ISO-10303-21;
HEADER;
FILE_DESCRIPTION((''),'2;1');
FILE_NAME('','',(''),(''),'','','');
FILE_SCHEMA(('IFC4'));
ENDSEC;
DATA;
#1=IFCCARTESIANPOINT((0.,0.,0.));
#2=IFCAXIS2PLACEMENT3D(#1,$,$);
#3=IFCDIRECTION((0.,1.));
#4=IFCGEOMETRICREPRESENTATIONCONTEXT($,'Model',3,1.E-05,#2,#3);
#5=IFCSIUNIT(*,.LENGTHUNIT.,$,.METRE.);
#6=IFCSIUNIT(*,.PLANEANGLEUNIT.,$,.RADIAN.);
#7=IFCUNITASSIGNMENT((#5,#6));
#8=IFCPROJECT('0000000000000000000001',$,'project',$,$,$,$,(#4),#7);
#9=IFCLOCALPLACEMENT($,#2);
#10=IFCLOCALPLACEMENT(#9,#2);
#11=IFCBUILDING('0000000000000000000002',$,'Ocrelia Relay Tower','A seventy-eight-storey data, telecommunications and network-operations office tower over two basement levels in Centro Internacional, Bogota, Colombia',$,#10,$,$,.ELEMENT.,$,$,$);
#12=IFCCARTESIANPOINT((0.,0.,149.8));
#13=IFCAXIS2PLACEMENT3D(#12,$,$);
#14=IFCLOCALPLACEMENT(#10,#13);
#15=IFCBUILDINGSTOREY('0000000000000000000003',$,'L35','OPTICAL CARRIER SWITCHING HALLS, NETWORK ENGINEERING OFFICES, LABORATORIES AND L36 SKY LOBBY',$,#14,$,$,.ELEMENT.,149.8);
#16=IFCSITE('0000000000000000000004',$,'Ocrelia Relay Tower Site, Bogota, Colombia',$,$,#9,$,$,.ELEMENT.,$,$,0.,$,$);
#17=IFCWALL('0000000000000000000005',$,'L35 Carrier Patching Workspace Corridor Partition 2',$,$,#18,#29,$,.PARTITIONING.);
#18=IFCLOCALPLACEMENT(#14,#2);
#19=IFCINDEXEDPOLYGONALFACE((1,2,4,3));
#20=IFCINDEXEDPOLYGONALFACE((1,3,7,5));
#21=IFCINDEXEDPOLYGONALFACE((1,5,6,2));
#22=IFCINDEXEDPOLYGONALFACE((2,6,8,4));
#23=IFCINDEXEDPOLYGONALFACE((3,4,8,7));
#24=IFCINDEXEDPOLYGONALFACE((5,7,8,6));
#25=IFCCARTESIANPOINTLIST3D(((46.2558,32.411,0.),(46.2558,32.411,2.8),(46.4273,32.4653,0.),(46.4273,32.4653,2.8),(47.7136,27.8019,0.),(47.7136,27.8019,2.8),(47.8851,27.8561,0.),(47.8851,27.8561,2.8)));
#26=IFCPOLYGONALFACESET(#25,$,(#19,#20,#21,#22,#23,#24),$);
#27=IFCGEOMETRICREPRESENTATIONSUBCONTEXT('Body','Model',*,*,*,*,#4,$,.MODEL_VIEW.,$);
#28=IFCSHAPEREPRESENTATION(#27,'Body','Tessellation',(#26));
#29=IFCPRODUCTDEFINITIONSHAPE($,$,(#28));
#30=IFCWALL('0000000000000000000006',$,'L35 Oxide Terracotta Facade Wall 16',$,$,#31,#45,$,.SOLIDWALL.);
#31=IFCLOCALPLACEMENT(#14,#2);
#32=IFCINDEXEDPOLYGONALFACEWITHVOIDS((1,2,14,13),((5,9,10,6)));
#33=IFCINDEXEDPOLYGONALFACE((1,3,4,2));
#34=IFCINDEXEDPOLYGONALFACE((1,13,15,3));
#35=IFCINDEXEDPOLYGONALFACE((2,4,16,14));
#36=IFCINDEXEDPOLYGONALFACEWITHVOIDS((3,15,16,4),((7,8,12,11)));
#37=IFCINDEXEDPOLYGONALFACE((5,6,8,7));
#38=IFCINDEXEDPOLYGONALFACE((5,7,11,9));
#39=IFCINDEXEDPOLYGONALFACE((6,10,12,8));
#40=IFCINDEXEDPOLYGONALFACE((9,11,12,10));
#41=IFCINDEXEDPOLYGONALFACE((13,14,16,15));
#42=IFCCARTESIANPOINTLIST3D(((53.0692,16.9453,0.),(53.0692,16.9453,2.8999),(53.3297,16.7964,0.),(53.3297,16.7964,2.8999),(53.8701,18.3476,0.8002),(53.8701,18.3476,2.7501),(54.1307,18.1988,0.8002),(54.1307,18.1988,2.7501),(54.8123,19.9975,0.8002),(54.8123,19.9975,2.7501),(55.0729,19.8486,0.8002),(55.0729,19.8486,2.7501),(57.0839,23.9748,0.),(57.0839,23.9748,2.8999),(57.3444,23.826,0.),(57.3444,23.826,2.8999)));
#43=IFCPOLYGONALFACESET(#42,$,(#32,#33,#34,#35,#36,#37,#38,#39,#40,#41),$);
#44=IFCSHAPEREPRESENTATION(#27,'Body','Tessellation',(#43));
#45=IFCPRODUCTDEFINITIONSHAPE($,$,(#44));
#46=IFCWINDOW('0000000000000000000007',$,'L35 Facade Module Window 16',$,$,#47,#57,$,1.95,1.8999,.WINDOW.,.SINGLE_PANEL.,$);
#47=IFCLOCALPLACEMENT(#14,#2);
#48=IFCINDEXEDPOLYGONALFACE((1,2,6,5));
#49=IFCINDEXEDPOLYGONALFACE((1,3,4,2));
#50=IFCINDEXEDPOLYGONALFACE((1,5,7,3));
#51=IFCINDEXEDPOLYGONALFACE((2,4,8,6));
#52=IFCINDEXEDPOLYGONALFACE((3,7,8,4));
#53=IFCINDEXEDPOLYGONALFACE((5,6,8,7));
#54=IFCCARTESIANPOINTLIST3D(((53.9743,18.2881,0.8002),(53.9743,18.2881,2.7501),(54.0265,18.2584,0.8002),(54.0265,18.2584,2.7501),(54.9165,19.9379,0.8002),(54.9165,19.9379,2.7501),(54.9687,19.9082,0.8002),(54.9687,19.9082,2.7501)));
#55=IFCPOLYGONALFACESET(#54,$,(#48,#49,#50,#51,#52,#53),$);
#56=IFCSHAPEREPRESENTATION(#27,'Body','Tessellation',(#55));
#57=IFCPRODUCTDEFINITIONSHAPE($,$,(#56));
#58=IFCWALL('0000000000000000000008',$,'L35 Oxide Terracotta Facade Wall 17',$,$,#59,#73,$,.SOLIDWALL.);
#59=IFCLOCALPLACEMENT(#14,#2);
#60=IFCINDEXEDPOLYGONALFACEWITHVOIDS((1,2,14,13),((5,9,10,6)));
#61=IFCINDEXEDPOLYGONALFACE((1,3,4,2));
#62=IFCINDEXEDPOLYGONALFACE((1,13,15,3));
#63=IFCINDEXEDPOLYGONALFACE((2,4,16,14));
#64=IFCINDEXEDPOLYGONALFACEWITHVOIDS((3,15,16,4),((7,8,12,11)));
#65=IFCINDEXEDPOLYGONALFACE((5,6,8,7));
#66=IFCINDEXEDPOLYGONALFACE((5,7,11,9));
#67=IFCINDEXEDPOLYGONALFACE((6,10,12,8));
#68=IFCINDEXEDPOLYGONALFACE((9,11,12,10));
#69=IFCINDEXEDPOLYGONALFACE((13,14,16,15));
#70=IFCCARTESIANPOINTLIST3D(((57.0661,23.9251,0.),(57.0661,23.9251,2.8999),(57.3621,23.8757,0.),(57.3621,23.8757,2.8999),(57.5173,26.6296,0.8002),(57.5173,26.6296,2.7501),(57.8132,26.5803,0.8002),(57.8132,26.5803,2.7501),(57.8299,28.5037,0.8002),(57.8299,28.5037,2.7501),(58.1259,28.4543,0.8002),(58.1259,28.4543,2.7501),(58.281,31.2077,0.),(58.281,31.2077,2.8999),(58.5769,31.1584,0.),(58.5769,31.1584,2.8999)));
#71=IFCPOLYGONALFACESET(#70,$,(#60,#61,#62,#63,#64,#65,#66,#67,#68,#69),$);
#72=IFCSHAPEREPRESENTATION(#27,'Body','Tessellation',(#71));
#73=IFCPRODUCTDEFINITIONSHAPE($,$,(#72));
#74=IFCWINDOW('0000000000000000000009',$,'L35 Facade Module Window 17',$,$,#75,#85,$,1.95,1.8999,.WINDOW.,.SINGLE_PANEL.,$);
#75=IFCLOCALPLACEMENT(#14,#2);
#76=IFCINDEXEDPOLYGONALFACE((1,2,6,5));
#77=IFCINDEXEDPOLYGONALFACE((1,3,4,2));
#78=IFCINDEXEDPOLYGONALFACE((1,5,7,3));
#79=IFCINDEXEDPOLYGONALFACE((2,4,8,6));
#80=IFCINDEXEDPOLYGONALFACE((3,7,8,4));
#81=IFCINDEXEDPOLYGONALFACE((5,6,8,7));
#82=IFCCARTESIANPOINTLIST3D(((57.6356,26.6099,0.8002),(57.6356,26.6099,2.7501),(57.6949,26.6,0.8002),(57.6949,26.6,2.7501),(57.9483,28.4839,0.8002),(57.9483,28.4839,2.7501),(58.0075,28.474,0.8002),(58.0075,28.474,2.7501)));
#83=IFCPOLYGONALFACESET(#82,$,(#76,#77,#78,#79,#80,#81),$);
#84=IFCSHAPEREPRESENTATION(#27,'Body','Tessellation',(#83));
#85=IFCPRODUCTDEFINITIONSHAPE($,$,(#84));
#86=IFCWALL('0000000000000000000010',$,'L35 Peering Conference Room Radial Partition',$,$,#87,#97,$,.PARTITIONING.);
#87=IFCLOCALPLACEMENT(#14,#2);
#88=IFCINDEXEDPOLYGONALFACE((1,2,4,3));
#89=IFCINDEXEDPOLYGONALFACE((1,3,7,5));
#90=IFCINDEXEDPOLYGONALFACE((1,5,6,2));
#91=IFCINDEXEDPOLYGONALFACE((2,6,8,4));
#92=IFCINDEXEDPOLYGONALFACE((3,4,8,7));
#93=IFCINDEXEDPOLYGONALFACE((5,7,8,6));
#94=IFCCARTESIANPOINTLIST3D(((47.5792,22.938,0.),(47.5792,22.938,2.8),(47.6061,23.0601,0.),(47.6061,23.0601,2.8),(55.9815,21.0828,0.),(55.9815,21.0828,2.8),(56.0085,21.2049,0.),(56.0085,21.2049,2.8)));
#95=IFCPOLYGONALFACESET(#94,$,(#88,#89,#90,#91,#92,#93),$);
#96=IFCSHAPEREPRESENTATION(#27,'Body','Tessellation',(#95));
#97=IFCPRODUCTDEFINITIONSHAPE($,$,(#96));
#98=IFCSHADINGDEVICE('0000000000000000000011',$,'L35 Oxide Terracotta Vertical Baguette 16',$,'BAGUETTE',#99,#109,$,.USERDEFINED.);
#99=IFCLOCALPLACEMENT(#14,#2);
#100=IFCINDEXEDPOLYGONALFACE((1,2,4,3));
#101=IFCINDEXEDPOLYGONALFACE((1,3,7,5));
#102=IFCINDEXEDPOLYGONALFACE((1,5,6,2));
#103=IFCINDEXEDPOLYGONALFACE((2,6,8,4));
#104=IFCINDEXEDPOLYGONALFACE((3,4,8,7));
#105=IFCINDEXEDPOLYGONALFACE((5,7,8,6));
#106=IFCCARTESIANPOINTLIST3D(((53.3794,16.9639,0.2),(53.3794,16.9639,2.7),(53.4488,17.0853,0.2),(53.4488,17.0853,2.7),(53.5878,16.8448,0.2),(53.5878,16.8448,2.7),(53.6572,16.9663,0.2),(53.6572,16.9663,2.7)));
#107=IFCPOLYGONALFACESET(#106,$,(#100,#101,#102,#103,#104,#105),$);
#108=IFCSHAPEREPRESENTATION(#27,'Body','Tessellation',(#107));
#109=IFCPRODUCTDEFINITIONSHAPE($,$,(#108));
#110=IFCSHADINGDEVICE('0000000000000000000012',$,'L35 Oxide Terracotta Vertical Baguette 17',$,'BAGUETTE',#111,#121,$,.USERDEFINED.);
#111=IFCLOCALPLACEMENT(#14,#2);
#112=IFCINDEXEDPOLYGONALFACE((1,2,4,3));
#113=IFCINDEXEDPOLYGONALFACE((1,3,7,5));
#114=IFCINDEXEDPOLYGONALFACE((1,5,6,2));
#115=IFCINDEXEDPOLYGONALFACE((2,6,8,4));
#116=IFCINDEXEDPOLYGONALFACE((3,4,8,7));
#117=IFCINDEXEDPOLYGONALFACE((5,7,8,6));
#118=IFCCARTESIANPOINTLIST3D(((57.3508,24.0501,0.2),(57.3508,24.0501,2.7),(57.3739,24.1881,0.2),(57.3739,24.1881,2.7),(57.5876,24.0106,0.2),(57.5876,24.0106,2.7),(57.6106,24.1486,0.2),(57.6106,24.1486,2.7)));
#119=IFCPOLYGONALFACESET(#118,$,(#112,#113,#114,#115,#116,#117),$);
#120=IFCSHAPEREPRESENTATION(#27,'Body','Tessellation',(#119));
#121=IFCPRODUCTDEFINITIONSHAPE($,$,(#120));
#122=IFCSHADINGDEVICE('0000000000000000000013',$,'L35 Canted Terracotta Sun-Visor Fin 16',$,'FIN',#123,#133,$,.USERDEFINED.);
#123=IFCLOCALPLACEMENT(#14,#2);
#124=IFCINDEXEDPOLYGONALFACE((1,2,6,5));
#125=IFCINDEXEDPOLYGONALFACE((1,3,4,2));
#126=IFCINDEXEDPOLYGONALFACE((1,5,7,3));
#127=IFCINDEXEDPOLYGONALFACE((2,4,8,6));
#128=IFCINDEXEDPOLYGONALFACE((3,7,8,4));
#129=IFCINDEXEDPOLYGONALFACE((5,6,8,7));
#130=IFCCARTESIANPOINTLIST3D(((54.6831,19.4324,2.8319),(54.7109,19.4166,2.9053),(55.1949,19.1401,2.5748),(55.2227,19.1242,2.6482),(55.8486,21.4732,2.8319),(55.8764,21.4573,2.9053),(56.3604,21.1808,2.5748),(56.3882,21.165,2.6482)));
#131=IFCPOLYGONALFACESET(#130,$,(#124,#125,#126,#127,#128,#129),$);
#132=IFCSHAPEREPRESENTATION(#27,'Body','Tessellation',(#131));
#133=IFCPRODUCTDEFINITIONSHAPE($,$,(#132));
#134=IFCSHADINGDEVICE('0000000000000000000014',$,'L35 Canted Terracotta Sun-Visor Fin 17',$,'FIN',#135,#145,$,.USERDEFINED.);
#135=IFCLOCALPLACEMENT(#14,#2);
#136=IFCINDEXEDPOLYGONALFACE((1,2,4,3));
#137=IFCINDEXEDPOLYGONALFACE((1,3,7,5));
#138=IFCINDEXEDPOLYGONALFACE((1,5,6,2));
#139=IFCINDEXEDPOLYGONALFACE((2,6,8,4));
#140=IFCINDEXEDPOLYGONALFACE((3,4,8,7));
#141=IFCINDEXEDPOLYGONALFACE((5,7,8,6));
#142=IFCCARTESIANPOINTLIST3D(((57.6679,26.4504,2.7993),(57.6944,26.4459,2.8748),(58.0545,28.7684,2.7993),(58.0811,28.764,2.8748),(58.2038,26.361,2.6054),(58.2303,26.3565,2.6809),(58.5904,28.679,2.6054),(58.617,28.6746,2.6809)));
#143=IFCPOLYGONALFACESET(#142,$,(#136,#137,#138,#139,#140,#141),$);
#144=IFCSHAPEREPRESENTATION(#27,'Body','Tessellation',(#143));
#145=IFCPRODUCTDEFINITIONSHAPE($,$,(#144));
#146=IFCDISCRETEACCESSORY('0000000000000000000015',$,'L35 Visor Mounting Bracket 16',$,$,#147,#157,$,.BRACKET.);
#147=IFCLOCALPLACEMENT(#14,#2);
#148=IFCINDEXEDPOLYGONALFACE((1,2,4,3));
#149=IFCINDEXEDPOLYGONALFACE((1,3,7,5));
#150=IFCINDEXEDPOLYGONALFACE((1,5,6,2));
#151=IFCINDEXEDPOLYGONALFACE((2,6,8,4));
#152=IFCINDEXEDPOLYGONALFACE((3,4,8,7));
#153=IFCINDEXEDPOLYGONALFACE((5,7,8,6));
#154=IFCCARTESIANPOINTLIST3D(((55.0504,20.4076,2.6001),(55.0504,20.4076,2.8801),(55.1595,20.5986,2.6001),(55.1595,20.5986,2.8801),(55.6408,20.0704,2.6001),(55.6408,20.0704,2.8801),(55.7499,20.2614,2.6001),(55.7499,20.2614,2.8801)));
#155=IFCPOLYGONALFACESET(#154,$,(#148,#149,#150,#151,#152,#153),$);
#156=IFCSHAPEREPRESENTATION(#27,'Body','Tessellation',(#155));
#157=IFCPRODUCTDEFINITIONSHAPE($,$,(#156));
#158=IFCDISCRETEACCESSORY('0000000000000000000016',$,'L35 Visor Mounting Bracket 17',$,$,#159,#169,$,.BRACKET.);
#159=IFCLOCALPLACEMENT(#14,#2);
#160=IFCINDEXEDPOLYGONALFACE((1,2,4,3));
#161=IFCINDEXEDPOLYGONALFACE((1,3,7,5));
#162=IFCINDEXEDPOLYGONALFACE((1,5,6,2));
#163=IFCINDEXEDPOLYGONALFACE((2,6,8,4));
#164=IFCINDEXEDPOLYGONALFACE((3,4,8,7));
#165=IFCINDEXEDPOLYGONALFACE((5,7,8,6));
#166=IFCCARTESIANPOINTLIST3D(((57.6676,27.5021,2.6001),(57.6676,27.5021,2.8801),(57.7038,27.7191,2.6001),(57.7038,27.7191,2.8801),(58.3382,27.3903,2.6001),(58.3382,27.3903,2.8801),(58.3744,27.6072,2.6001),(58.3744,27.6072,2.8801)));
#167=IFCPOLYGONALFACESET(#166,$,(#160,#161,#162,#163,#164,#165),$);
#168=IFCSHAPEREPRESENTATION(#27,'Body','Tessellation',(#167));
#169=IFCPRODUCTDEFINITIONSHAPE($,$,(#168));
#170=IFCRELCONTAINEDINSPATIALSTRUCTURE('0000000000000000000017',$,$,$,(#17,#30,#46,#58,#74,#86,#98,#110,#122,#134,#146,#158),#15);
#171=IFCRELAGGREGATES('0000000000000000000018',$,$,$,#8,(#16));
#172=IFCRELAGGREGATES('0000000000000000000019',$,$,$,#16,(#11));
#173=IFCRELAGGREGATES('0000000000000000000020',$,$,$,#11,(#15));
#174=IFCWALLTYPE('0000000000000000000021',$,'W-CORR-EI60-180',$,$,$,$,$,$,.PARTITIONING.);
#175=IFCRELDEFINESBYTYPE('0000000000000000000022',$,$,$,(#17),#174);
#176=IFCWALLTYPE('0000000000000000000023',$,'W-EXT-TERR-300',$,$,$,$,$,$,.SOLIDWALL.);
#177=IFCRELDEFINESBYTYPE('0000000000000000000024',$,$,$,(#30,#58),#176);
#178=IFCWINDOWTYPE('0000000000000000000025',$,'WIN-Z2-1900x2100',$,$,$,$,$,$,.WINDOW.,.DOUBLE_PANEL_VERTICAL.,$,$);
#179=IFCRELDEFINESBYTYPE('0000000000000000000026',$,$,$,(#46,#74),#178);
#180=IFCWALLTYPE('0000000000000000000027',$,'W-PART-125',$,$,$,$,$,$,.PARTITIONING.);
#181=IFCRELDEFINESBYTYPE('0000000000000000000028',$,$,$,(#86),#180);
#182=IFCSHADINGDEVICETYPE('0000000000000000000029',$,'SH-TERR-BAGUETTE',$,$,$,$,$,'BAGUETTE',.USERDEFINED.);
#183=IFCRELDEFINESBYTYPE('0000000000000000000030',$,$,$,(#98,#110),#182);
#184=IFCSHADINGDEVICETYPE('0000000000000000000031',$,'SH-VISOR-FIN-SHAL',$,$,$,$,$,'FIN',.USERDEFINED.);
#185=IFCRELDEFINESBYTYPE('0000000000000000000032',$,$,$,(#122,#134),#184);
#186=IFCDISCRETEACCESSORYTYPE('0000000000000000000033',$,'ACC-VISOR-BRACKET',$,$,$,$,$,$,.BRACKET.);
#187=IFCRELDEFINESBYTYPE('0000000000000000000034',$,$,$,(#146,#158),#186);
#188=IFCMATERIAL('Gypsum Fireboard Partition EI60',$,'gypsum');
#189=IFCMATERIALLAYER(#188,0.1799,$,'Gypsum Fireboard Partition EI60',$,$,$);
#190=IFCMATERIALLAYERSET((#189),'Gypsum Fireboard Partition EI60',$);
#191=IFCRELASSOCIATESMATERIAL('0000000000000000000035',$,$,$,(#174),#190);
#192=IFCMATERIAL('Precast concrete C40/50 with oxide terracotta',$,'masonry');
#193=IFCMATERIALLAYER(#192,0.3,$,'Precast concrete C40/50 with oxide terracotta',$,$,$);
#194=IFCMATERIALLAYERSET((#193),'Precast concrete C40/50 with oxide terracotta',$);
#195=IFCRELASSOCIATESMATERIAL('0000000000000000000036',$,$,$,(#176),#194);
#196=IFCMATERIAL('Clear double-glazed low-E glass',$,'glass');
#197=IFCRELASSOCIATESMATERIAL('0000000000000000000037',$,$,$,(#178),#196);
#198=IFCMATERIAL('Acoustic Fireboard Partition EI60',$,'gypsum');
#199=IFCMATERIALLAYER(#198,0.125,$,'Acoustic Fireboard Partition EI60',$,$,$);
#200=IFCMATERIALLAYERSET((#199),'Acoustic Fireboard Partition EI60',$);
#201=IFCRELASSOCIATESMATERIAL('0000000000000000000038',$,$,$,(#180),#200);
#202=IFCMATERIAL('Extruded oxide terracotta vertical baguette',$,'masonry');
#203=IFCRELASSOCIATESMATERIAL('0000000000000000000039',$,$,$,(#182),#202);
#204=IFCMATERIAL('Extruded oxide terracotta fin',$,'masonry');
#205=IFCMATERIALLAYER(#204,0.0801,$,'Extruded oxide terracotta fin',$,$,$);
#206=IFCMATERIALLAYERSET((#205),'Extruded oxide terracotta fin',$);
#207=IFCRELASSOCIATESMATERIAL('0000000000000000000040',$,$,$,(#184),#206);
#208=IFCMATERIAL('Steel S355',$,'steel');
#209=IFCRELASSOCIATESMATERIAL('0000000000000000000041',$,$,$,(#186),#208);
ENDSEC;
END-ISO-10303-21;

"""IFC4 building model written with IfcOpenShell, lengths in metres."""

from ifc_helpers import new_model, si_unit, direction, frame, frame_2d, origin, origin_2d, place, context, subcontext, project, spatial, rectangle, extrude, material, layer, layer_set, type_object, element, fill, save


model = new_model("IFC4")

# Units and contexts
model_context = context("Model", 3, precision=1e-05, world=origin(), true_north=direction((0.0, 1.0)))
body_context = subcontext(model_context, "Body", "Model", "MODEL_VIEW")
ifc_project = project(units=[si_unit("LENGTHUNIT", "METRE"), si_unit("PLANEANGLEUNIT", "RADIAN")], contexts=[model_context])

# Site, building, storey
site_placement = place(None, origin())
site = spatial("IfcSite", under=ifc_project, at=site_placement, Name="Ocrelia Relay Tower Site, Bogota, Colombia", CompositionType="ELEMENT", RefElevation=0.0)
building_placement = place(site_placement, origin())
building = spatial("IfcBuilding", under=site, at=building_placement, Name="Ocrelia Relay Tower", Description="A seventy-eight-storey data, telecommunications and network-operations office tower over two basement levels in Centro Internacional, Bogota, Colombia", CompositionType="ELEMENT")
storey_placement = place(building_placement, frame((0.0, 0.0, 149.8)))
storey = spatial("IfcBuildingStorey", under=building, at=storey_placement, Name="L35", Description="OPTICAL CARRIER SWITCHING HALLS, NETWORK ENGINEERING OFFICES, LABORATORIES AND L36 SKY LOBBY", CompositionType="ELEMENT", Elevation=149.8)

# Shared definitions
ifc_material_1 = material(Name="Steel S355", Category="steel")

# Shared definitions
ifc_material_2 = material(Name="Gypsum Fireboard Partition EI60", Category="gypsum")
ifc_layer_1 = layer(ifc_material_2, 0.1799, Name="Gypsum Fireboard Partition EI60")
ifc_layer_set_1 = layer_set([ifc_layer_1], Name="Gypsum Fireboard Partition EI60")
wall_type_1 = type_object("IfcWallType", Name="W-CORR-EI60-180", PredefinedType="PARTITIONING", material=ifc_layer_set_1)

# Wall
wall_1_placement = place(storey_placement, frame((47.7993, 27.8291, 0.0), z_axis=(0.0, 0.0, 1.0), x_axis=(-0.301554, 0.953449, 0.0)))
element("IfcWall", 1, at=wall_1_placement, inside=storey, type_object=wall_type_1, Name="L35 Carrier Patching Workspace Corridor Partition 2", PredefinedType="PARTITIONING", context=body_context, shape_type="SweptSolid", body=[
    extrude(rectangle(XDim=4.8342, YDim=0.1799, at=frame_2d((2.417, 0.0))), origin(), (0.0, 0.0, 1.0), 2.8),
])

# Walls, openings, windows
ifc_material_3 = material(Name="Precast concrete C40/50 with oxide terracotta", Category="masonry")
ifc_layer_2 = layer(ifc_material_3, 0.3, Name="Precast concrete C40/50 with oxide terracotta")
ifc_layer_set_2 = layer_set([ifc_layer_2], Name="Precast concrete C40/50 with oxide terracotta")
wall_type_2 = type_object("IfcWallType", Name="W-EXT-TERR-300", PredefinedType="SOLIDWALL", material=ifc_layer_set_2)
wall_2_placement = place(storey_placement, frame((53.1995, 16.8708, 0.0), z_axis=(0.0, 0.0, 1.0), x_axis=(0.495931, 0.868362, 0.0)))
wall_2 = element("IfcWall", 2, at=wall_2_placement, inside=storey, type_object=wall_type_2, Name="L35 Oxide Terracotta Facade Wall 16", PredefinedType="SOLIDWALL", context=body_context, shape_type="SweptSolid", body=[
    extrude(rectangle(XDim=8.0952, YDim=0.3, at=frame_2d((4.0476, 0.0))), origin(), (0.0, 0.0, 1.0), 2.8999),
])
opening_1_placement = place(wall_2_placement, frame((1.615, 0.0, 0.8)))
opening_1 = element("IfcOpeningElement", 3, at=opening_1_placement, cuts=wall_2, PredefinedType="OPENING", context=body_context, shape_type="SweptSolid", body=[
    extrude(rectangle(XDim=1.8999, YDim=1.95, at=frame_2d((0.95, 0.9751))), frame((0.0, 0.1602, 0.0), z_axis=(0.0, -1.0, 0.0), x_axis=(1.0, 0.0, 0.0)), (0.0, 0.0, 1.0), 0.3201),
])
ifc_material_4 = material(Name="Clear double-glazed low-E glass", Category="glass")
window_type = type_object("IfcWindowType", Name="WIN-Z2-1900x2100", PartitioningType="DOUBLE_PANEL_VERTICAL", PredefinedType="WINDOW", material=ifc_material_4)
window_1_placement = place(opening_1_placement, origin())
window_1 = element("IfcWindow", 4, at=window_1_placement, inside=storey, type_object=window_type, Name="L35 Facade Module Window 16", OverallHeight=1.95, OverallWidth=1.8999, PartitioningType="SINGLE_PANEL", PredefinedType="WINDOW", context=body_context, shape_type="SweptSolid", body=[
    extrude(rectangle(XDim=1.8999, YDim=1.95, at=frame_2d((0.95, 0.9751))), frame((0.0, 0.03, 0.0), z_axis=(0.0, -1.0, 0.0), x_axis=(1.0, 0.0, 0.0)), (0.0, 0.0, 1.0), 0.0601),
])
fill(opening_1, window_1)
wall_3_placement = place(storey_placement, frame((57.2141, 23.9004, 0.0), z_axis=(0.0, 0.0, 1.0), x_axis=(0.164538, 0.986371, 0.0)))
wall_3 = element("IfcWall", 5, at=wall_3_placement, inside=storey, type_object=wall_type_2, Name="L35 Oxide Terracotta Facade Wall 17", PredefinedType="SOLIDWALL", context=body_context, shape_type="SweptSolid", body=[
    extrude(rectangle(XDim=7.3833, YDim=0.3, at=frame_2d((3.6917, 0.0))), origin(), (0.0, 0.0, 1.0), 2.8999),
])
opening_2_placement = place(wall_3_placement, frame((2.7419, 0.0, 0.8)))
opening_2 = element("IfcOpeningElement", 6, at=opening_2_placement, cuts=wall_3, PredefinedType="OPENING", context=body_context, shape_type="SweptSolid", body=[
    extrude(rectangle(XDim=1.8999, YDim=1.95, at=frame_2d((0.95, 0.9751))), frame((0.0, 0.1602, 0.0), z_axis=(0.0, -1.0, 0.0), x_axis=(1.0, 0.0, 0.0)), (0.0, 0.0, 1.0), 0.3201),
])
window_2_placement = place(opening_2_placement, origin())
window_2 = element("IfcWindow", 7, at=window_2_placement, inside=storey, type_object=window_type, Name="L35 Facade Module Window 17", OverallHeight=1.95, OverallWidth=1.8999, PartitioningType="SINGLE_PANEL", PredefinedType="WINDOW", context=body_context, shape_type="SweptSolid", body=[
    extrude(rectangle(XDim=1.8999, YDim=1.95, at=frame_2d((0.95, 0.9751))), frame((0.0, 0.03, 0.0), z_axis=(0.0, -1.0, 0.0), x_axis=(1.0, 0.0, 0.0)), (0.0, 0.0, 1.0), 0.0601),
])
fill(opening_2, window_2)

# Wall
ifc_material_5 = material(Name="Acoustic Fireboard Partition EI60", Category="gypsum")
ifc_layer_3 = layer(ifc_material_5, 0.125, Name="Acoustic Fireboard Partition EI60")
ifc_layer_set_3 = layer_set([ifc_layer_3], Name="Acoustic Fireboard Partition EI60")
wall_type_3 = type_object("IfcWallType", Name="W-PART-125", PredefinedType="PARTITIONING", material=ifc_layer_set_3)
wall_4_placement = place(storey_placement, frame((47.5928, 22.999, 0.0), z_axis=(0.0, 0.0, 1.0), x_axis=(0.976481, -0.215605, 0.0)))
element("IfcWall", 8, at=wall_4_placement, inside=storey, type_object=wall_type_3, Name="L35 Peering Conference Room Radial Partition", PredefinedType="PARTITIONING", context=body_context, shape_type="SweptSolid", body=[
    extrude(rectangle(XDim=8.6047, YDim=0.125, at=frame_2d((4.3022, 0.0))), origin(), (0.0, 0.0, 1.0), 2.8),
])

# Shading devices
ifc_material_6 = material(Name="Extruded oxide terracotta vertical baguette", Category="masonry")
shading_device_type_1 = type_object("IfcShadingDeviceType", Name="SH-TERR-BAGUETTE", ElementType="BAGUETTE", PredefinedType="USERDEFINED", material=ifc_material_6)
for number, where, z_axis, x_axis, name in (
    (9, (53.5183, 16.9651, 0.2), (0.0, 0.0, 1.0), (0.495938, 0.868358, 0.0), "L35 Oxide Terracotta Vertical Baguette 16"),
    (10, (57.4807, 24.0994, 0.2), (0.0, 0.0, 1.0), (0.164522, 0.986373, 0.0), "L35 Oxide Terracotta Vertical Baguette 17"),
):
    element("IfcShadingDevice", number, at=place(storey_placement, frame(where, z_axis=z_axis, x_axis=x_axis)), inside=storey, type_object=shading_device_type_1, Name=name, ObjectType="BAGUETTE", PredefinedType="USERDEFINED", context=body_context, shape_type="SweptSolid", body=[
        extrude(rectangle(XDim=0.1399, YDim=0.24, at=origin_2d()), origin(), (0.0, 0.0, 1.0), 2.5),
    ])
ifc_material_7 = material(Name="Extruded oxide terracotta fin", Category="masonry")
ifc_layer_4 = layer(ifc_material_7, 0.0801, Name="Extruded oxide terracotta fin")
ifc_layer_set_4 = layer_set([ifc_layer_4], Name="Extruded oxide terracotta fin")
shading_device_type_2 = type_object("IfcShadingDeviceType", Name="SH-VISOR-FIN-SHAL", ElementType="FIN", PredefinedType="USERDEFINED", material=ifc_layer_set_4)
shading_device_1_placement = place(storey_placement, frame((55.5217, 20.3066, 2.7034), z_axis=(0.34723, -0.19831, 0.916572), x_axis=(0.495938, 0.868358, 0.0)))
element("IfcShadingDevice", 11, at=shading_device_1_placement, inside=storey, type_object=shading_device_type_2, Name="L35 Canted Terracotta Sun-Visor Fin 16", ObjectType="FIN", PredefinedType="USERDEFINED", context=body_context, shape_type="SweptSolid", body=[
    extrude(rectangle(XDim=2.3501, YDim=0.6431, at=origin_2d()), origin(), (0.0, 0.0, 1.0), 0.0801),
])
shading_device_2_placement = place(storey_placement, frame((58.1292, 27.5647, 2.7024), z_axis=(0.331529, -0.055297, 0.941823), x_axis=(0.164522, 0.986373, 0.0)))
element("IfcShadingDevice", 12, at=shading_device_2_placement, inside=storey, type_object=shading_device_type_2, Name="L35 Canted Terracotta Sun-Visor Fin 17", ObjectType="FIN", PredefinedType="USERDEFINED", context=body_context, shape_type="SweptSolid", body=[
    extrude(rectangle(XDim=2.3501, YDim=0.5769, at=origin_2d()), origin(), (0.0, 0.0, 1.0), 0.0801),
])

# Discrete accessories
discrete_accessory_type = type_object("IfcDiscreteAccessoryType", Name="ACC-VISOR-BRACKET", PredefinedType="BRACKET", material=ifc_material_1)
for number, where, z_axis, x_axis, name in (
    (13, (55.4001, 20.3345, 2.6001), (0.0, 0.0, 1.0), (0.495938, 0.868358, 0.0), "L35 Visor Mounting Bracket 16"),
    (14, (58.021, 27.5547, 2.6001), (0.0, 0.0, 1.0), (0.164522, 0.986373, 0.0), "L35 Visor Mounting Bracket 17"),
):
    element("IfcDiscreteAccessory", number, at=place(storey_placement, frame(where, z_axis=z_axis, x_axis=x_axis)), inside=storey, type_object=discrete_accessory_type, Name=name, PredefinedType="BRACKET", context=body_context, shape_type="SweptSolid", body=[
        extrude(rectangle(XDim=0.22, YDim=0.6799, at=origin_2d()), origin(), (0.0, 0.0, 1.0), 0.28),
    ])

save(model, "model.ifc")
